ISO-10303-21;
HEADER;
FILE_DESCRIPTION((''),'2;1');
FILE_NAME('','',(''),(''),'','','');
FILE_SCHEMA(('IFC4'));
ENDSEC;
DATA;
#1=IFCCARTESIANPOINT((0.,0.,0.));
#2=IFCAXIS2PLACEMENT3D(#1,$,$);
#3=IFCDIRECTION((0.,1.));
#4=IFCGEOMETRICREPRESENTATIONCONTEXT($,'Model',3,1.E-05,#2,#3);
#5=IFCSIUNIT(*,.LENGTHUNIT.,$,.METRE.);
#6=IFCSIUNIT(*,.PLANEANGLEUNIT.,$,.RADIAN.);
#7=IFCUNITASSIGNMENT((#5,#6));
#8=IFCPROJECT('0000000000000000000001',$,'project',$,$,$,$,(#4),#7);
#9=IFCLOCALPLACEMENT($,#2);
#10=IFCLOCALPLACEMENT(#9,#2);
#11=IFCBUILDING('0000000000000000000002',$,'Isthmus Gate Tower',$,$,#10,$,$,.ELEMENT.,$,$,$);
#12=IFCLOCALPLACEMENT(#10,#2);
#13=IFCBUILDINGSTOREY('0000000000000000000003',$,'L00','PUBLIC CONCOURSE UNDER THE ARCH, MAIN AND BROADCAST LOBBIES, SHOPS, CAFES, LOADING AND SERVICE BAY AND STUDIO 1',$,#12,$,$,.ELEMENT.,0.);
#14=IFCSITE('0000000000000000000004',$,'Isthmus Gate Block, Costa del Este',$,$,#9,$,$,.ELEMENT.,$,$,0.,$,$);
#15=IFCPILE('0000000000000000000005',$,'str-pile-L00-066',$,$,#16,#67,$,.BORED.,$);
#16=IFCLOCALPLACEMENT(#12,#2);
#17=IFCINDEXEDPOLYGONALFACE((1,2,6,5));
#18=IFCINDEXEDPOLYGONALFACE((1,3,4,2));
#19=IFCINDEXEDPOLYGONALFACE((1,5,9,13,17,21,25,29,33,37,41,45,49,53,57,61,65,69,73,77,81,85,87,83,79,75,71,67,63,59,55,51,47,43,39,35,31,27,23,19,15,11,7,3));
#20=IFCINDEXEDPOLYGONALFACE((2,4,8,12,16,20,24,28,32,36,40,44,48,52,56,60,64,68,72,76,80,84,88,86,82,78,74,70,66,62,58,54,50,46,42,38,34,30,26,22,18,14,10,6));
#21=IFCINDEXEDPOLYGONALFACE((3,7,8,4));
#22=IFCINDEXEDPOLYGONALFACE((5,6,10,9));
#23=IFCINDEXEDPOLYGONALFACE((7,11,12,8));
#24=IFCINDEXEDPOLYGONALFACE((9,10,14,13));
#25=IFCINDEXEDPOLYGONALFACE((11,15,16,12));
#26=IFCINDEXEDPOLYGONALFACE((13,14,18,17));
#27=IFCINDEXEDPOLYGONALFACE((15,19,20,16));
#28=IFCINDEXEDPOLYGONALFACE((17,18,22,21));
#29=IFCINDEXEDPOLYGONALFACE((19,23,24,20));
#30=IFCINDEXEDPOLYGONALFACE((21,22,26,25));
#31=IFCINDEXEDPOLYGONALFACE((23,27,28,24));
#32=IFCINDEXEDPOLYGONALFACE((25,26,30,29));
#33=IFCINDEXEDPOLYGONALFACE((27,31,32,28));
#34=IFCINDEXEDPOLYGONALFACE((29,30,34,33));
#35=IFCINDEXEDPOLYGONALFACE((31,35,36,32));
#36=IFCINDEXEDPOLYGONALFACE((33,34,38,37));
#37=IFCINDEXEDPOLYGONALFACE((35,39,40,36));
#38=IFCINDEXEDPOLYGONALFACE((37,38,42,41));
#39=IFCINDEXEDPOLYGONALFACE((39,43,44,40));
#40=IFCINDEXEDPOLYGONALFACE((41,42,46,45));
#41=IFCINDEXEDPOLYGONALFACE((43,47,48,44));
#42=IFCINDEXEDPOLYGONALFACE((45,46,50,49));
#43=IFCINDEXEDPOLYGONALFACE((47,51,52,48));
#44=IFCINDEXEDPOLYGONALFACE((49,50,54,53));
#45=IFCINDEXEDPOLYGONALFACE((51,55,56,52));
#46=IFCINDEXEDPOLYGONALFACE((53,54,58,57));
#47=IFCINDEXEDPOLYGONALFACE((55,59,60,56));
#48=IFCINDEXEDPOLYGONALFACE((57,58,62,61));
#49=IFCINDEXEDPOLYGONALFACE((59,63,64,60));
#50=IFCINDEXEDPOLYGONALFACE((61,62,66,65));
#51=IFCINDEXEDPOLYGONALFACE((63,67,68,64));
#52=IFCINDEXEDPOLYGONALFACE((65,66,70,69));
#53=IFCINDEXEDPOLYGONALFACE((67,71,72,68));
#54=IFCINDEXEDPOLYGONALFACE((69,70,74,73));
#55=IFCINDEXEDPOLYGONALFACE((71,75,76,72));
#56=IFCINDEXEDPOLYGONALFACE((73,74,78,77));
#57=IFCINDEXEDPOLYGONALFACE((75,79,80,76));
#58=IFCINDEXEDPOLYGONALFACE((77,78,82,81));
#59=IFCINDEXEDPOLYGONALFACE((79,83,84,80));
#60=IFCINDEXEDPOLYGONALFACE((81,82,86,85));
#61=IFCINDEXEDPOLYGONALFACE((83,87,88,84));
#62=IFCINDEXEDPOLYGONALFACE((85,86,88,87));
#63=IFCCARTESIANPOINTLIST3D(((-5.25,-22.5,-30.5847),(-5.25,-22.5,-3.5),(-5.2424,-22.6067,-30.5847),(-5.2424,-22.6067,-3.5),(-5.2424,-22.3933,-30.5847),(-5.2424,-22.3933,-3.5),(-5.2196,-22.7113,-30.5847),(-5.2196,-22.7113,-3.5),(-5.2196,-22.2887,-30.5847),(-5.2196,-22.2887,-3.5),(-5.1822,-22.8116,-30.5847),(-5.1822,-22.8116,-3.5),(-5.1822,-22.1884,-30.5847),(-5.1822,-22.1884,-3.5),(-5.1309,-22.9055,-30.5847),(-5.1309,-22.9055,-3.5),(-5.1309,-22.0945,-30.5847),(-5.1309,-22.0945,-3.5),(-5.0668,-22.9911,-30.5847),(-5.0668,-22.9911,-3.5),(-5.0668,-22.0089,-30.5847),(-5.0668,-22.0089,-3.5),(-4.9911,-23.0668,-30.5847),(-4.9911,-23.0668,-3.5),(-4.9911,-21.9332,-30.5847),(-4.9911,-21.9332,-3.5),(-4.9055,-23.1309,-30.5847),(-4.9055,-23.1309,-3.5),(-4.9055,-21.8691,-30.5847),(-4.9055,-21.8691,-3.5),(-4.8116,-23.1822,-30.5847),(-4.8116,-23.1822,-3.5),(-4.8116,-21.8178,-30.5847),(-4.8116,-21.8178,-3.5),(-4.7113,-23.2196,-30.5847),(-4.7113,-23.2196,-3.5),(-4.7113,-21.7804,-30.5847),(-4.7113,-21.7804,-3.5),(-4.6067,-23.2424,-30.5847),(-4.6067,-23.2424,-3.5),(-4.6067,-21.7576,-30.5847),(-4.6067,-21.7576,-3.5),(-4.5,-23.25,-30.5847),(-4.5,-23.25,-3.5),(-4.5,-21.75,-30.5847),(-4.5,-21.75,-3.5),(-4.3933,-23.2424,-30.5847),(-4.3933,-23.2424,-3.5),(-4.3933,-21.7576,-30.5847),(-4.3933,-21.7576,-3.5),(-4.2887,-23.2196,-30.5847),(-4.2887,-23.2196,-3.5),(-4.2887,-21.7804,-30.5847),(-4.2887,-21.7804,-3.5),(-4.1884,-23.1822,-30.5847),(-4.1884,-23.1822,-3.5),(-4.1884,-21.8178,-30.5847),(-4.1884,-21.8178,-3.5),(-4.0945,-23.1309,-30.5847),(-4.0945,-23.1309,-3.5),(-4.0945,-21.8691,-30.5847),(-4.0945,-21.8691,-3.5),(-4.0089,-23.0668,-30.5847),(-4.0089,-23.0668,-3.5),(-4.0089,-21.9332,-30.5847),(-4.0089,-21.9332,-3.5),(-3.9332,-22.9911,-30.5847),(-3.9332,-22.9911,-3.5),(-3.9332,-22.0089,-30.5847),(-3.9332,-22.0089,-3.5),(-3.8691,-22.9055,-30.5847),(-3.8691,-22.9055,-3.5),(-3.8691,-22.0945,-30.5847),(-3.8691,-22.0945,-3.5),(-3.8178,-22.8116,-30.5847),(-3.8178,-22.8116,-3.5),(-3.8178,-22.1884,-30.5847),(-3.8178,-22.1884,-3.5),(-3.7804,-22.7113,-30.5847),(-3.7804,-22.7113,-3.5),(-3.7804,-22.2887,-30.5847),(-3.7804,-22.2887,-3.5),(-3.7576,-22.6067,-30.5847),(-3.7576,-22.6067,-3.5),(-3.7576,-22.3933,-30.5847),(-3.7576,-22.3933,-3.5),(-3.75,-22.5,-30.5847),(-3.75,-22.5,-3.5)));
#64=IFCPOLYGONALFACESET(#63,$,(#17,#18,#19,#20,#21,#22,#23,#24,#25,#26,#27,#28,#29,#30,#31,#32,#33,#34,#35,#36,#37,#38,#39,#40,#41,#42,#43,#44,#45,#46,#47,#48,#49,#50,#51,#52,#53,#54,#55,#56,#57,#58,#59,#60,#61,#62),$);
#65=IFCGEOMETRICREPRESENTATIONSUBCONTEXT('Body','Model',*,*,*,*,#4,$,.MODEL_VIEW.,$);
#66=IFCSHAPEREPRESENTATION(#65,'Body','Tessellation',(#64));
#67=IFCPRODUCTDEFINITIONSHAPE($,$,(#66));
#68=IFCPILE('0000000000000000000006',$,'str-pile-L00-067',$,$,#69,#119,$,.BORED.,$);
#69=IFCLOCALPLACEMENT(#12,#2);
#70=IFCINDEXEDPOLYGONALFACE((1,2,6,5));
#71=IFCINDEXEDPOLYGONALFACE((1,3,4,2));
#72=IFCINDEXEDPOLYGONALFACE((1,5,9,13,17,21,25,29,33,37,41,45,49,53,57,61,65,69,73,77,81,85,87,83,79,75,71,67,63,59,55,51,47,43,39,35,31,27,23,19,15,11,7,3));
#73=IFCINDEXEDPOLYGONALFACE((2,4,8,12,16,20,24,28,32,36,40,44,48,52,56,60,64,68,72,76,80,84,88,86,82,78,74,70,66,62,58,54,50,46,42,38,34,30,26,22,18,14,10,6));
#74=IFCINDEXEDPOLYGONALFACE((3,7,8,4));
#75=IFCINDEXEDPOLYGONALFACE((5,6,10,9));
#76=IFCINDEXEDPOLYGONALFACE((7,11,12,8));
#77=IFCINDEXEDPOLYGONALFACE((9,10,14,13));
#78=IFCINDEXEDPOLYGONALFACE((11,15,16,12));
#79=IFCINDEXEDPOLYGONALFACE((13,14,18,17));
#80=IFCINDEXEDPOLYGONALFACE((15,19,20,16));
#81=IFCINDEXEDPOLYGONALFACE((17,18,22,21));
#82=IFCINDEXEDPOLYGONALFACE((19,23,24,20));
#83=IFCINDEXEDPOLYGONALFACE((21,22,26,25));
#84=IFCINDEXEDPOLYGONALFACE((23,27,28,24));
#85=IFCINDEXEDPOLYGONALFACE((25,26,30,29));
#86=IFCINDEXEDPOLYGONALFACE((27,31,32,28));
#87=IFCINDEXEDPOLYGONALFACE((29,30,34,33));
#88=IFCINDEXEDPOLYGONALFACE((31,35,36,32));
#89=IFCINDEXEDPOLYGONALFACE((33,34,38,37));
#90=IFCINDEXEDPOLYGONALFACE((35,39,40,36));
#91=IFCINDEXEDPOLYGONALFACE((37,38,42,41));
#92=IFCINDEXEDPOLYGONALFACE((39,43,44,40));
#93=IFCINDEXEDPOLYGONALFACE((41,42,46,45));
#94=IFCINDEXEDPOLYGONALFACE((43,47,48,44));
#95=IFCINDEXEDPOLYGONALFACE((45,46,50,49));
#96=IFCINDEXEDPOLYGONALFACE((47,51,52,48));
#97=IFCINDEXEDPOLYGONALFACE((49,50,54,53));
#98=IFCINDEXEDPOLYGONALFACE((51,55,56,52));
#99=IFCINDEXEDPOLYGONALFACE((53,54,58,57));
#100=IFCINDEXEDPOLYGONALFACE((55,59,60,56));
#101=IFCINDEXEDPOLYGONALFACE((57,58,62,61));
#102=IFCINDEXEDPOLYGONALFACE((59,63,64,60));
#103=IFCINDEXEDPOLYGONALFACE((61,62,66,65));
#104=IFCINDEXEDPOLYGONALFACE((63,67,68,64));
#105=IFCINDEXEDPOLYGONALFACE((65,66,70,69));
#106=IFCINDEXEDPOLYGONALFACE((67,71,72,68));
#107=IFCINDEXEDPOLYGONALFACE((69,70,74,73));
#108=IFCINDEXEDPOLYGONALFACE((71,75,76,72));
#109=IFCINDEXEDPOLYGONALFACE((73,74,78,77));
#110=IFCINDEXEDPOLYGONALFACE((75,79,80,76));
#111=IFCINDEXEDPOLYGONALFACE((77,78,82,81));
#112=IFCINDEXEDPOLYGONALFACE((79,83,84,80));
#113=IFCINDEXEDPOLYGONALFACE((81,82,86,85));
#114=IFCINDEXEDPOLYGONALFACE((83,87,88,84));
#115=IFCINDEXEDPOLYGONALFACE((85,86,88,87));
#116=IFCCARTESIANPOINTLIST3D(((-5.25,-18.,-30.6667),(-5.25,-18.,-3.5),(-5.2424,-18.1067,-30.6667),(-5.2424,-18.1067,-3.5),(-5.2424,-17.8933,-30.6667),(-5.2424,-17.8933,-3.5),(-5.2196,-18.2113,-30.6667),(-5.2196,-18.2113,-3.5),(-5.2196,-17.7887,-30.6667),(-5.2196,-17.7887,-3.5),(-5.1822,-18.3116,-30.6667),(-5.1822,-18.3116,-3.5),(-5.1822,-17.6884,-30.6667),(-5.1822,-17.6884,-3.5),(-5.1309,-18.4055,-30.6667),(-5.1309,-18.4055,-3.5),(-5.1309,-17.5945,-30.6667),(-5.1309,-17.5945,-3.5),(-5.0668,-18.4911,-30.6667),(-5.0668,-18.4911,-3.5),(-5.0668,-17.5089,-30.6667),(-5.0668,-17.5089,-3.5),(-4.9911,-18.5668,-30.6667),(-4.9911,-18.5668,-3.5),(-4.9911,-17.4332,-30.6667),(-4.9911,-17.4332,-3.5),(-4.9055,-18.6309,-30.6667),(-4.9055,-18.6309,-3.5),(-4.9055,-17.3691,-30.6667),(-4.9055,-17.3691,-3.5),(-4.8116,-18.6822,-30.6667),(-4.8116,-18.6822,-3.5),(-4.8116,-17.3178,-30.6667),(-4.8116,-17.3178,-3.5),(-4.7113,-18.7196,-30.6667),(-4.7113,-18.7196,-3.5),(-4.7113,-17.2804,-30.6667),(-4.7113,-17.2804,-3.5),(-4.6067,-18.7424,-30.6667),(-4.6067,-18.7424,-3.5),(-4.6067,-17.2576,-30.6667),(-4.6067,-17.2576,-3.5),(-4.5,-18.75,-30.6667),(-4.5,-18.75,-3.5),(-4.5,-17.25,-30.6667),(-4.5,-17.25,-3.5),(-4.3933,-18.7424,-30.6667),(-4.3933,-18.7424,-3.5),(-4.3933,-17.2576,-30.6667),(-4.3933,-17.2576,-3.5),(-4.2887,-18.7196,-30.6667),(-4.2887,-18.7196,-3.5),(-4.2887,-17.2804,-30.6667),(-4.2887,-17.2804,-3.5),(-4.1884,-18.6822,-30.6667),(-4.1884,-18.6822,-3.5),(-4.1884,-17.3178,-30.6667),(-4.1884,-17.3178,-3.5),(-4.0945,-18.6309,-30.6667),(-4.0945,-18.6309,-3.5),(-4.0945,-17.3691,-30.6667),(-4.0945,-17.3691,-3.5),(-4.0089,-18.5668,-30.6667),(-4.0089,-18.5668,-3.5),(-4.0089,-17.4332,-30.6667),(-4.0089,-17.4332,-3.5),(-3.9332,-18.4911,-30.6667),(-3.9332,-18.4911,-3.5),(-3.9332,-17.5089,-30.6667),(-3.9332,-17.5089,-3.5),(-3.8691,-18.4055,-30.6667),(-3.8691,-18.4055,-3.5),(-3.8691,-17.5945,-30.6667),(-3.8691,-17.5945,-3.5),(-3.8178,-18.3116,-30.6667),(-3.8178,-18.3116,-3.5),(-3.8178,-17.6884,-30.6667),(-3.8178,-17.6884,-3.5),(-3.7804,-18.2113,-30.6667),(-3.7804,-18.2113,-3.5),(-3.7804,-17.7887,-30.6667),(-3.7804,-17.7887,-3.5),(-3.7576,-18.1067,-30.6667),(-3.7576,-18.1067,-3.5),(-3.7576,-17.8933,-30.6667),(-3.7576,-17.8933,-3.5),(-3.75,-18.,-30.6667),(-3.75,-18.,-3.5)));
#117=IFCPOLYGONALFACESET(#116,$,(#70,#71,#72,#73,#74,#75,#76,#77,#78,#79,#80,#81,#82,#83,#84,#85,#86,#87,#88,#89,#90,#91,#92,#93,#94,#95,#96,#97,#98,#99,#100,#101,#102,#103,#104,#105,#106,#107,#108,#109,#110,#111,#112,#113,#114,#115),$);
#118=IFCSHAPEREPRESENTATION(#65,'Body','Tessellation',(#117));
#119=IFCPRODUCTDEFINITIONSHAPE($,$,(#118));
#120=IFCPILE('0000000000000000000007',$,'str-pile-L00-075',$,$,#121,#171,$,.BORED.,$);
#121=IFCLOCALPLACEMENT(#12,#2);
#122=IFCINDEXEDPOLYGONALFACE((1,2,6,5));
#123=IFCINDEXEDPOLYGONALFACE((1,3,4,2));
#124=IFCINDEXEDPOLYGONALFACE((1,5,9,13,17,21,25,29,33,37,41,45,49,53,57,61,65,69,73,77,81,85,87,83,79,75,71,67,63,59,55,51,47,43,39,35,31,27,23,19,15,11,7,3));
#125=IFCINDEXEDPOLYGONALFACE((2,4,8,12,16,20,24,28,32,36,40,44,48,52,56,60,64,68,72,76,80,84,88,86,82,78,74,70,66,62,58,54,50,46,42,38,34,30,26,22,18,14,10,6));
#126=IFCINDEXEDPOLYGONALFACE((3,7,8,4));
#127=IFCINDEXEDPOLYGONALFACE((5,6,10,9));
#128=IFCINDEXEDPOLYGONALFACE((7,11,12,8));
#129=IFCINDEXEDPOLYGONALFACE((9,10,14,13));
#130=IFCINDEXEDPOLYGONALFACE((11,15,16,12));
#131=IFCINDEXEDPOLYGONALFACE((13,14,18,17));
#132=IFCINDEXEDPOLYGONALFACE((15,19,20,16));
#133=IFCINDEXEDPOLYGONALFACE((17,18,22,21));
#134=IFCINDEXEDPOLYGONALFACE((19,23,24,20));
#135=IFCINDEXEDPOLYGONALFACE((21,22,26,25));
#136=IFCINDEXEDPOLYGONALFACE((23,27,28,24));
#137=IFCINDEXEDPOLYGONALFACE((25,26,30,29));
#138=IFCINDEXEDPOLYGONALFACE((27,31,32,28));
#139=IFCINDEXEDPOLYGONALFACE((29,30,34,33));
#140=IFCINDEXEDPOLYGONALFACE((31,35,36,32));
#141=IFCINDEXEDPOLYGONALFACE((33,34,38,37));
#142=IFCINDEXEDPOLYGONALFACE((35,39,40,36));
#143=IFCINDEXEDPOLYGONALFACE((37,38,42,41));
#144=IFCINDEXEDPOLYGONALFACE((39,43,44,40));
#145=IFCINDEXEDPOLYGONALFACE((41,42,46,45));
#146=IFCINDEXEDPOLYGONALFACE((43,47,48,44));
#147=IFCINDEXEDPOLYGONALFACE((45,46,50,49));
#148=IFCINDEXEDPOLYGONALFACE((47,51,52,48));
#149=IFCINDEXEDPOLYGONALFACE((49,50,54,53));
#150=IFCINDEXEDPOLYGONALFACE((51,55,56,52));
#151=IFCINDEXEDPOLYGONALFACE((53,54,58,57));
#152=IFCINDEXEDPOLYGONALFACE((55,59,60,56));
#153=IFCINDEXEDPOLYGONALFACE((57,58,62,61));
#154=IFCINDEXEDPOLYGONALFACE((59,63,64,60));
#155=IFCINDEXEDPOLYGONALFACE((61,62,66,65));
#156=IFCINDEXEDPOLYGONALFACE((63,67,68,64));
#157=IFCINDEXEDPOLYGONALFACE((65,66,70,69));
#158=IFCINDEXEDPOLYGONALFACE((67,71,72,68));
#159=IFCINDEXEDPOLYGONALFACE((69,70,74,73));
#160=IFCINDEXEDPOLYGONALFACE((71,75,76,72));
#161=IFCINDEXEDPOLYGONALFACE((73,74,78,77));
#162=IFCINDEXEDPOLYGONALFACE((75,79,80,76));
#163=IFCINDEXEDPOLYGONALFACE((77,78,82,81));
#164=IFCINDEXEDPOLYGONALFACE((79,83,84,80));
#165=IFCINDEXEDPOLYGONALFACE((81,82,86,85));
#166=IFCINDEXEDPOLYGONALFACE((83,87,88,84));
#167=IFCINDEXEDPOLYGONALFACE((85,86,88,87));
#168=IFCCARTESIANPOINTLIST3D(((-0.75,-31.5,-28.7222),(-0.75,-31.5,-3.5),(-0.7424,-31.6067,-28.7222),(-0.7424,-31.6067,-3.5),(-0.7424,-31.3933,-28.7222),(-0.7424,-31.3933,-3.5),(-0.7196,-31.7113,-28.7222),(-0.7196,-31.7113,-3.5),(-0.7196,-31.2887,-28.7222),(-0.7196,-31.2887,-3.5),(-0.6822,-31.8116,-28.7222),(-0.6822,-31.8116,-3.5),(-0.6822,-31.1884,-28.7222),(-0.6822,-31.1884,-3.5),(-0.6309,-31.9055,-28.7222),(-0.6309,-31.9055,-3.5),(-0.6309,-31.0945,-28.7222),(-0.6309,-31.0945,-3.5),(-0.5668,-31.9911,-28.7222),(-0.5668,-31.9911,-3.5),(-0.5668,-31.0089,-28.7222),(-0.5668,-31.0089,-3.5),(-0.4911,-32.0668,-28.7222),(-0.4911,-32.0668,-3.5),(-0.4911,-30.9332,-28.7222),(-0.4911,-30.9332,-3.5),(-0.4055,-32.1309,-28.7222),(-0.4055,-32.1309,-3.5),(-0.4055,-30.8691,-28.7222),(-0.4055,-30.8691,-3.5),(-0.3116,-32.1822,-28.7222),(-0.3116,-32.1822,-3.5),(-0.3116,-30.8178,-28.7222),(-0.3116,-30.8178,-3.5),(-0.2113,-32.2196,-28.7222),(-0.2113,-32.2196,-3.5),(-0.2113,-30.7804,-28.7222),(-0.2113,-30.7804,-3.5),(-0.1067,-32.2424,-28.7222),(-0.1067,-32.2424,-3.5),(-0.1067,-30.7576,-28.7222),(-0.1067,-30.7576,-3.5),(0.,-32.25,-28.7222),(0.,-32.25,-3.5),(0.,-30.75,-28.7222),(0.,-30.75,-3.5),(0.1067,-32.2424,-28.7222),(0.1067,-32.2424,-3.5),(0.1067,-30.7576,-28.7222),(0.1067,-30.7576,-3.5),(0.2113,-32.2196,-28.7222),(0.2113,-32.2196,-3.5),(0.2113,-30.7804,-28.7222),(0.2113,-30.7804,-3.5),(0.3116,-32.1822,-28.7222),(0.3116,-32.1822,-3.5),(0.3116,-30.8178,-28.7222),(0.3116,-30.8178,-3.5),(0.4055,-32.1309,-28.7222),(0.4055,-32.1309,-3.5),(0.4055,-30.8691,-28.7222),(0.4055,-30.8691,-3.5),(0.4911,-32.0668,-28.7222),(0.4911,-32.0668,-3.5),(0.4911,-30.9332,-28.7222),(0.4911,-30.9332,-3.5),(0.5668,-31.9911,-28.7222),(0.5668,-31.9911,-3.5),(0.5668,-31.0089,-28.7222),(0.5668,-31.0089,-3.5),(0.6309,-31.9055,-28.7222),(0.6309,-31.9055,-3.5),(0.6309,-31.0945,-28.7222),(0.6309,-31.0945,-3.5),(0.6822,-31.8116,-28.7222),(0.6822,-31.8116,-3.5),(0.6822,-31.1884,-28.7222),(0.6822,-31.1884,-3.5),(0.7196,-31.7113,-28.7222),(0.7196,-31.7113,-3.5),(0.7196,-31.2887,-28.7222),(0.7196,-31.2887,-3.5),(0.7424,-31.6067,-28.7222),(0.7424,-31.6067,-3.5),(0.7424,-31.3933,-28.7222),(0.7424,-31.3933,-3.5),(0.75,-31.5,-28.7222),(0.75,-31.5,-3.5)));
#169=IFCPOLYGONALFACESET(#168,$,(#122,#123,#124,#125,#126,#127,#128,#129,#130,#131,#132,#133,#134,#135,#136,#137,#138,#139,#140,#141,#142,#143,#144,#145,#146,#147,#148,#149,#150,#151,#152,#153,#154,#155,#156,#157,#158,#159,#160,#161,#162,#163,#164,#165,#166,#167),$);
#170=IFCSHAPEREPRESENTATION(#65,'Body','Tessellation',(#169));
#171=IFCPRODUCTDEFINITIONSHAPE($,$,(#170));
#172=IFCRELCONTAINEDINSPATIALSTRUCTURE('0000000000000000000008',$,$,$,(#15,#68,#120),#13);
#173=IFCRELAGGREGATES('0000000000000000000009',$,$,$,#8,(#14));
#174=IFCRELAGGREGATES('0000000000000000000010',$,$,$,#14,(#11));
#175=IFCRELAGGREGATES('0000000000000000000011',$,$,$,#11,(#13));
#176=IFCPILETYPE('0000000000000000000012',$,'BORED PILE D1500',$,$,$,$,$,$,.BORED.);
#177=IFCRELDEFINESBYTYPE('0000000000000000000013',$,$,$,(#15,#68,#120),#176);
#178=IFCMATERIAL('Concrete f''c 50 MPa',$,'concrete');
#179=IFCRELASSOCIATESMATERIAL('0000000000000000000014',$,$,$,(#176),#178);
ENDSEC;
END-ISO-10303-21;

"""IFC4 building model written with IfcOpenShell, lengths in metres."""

from ifc_helpers import new_model, si_unit, direction, frame, origin, origin_2d, place, context, subcontext, project, spatial, circle, extrude, material, material_profile, profile_set, type_object, element, save


model = new_model("IFC4")

# Units and contexts
model_context = context("Model", 3, precision=1e-05, world=origin(), true_north=direction((0.0, 1.0)))
body_context = subcontext(model_context, "Body", "Model", "MODEL_VIEW")
ifc_project = project(units=[si_unit("LENGTHUNIT", "METRE"), si_unit("PLANEANGLEUNIT", "RADIAN")], contexts=[model_context])

# Site, building, storey
site_placement = place(None, origin())
site = spatial("IfcSite", under=ifc_project, at=site_placement, Name="Isthmus Gate Block, Costa del Este", CompositionType="ELEMENT", RefElevation=0.0)
building_placement = place(site_placement, origin())
building = spatial("IfcBuilding", under=site, at=building_placement, Name="Isthmus Gate Tower", CompositionType="ELEMENT")
storey_placement = place(building_placement, origin())
storey = spatial("IfcBuildingStorey", under=building, at=storey_placement, Name="L00", Description="PUBLIC CONCOURSE UNDER THE ARCH, MAIN AND BROADCAST LOBBIES, SHOPS, CAFES, LOADING AND SERVICE BAY AND STUDIO 1", CompositionType="ELEMENT", Elevation=0.0)

# Piles
ifc_material_1 = material(Name="Concrete f'c 50 MPa", Category="concrete")
ifc_material_profile_1 = material_profile(ifc_material_1, circle(Radius=0.75, at=origin_2d()), Name="D1500")
ifc_profile_set_1 = profile_set([ifc_material_profile_1], Name="Concrete f'c 50 MPa")
pile_type_1 = type_object("IfcPileType", Name="BORED PILE D1500", PredefinedType="BORED", material=ifc_profile_set_1)
pile_1_placement = place(storey_placement, frame((-4.5, -22.5, -3.5), z_axis=(0.0, 0.0, -1.0), x_axis=(1.0, 0.0, 0.0)))
element("IfcPile", 1, at=pile_1_placement, inside=storey, type_object=pile_type_1, Name="str-pile-L00-066", PredefinedType="BORED", context=body_context, shape_type="SweptSolid", body=[
    extrude(circle(Radius=0.75, at=origin_2d()), origin(), (0.0, 0.0, 1.0), 27.0847),
])
pile_2_placement = place(storey_placement, frame((-4.5, -18.0, -3.5), z_axis=(0.0, 0.0, -1.0), x_axis=(1.0, 0.0, 0.0)))
element("IfcPile", 2, at=pile_2_placement, inside=storey, type_object=pile_type_1, Name="str-pile-L00-067", PredefinedType="BORED", context=body_context, shape_type="SweptSolid", body=[
    extrude(circle(Radius=0.75, at=origin_2d()), origin(), (0.0, 0.0, 1.0), 27.1667),
])
pile_3_placement = place(storey_placement, frame((0.0, -31.5, -3.5), z_axis=(0.0, 0.0, -1.0), x_axis=(1.0, 0.0, 0.0)))
element("IfcPile", 3, at=pile_3_placement, inside=storey, type_object=pile_type_1, Name="str-pile-L00-075", PredefinedType="BORED", context=body_context, shape_type="SweptSolid", body=[
    extrude(circle(Radius=0.75, at=origin_2d()), origin(), (0.0, 0.0, 1.0), 25.2222),
])

save(model, "model.ifc")
